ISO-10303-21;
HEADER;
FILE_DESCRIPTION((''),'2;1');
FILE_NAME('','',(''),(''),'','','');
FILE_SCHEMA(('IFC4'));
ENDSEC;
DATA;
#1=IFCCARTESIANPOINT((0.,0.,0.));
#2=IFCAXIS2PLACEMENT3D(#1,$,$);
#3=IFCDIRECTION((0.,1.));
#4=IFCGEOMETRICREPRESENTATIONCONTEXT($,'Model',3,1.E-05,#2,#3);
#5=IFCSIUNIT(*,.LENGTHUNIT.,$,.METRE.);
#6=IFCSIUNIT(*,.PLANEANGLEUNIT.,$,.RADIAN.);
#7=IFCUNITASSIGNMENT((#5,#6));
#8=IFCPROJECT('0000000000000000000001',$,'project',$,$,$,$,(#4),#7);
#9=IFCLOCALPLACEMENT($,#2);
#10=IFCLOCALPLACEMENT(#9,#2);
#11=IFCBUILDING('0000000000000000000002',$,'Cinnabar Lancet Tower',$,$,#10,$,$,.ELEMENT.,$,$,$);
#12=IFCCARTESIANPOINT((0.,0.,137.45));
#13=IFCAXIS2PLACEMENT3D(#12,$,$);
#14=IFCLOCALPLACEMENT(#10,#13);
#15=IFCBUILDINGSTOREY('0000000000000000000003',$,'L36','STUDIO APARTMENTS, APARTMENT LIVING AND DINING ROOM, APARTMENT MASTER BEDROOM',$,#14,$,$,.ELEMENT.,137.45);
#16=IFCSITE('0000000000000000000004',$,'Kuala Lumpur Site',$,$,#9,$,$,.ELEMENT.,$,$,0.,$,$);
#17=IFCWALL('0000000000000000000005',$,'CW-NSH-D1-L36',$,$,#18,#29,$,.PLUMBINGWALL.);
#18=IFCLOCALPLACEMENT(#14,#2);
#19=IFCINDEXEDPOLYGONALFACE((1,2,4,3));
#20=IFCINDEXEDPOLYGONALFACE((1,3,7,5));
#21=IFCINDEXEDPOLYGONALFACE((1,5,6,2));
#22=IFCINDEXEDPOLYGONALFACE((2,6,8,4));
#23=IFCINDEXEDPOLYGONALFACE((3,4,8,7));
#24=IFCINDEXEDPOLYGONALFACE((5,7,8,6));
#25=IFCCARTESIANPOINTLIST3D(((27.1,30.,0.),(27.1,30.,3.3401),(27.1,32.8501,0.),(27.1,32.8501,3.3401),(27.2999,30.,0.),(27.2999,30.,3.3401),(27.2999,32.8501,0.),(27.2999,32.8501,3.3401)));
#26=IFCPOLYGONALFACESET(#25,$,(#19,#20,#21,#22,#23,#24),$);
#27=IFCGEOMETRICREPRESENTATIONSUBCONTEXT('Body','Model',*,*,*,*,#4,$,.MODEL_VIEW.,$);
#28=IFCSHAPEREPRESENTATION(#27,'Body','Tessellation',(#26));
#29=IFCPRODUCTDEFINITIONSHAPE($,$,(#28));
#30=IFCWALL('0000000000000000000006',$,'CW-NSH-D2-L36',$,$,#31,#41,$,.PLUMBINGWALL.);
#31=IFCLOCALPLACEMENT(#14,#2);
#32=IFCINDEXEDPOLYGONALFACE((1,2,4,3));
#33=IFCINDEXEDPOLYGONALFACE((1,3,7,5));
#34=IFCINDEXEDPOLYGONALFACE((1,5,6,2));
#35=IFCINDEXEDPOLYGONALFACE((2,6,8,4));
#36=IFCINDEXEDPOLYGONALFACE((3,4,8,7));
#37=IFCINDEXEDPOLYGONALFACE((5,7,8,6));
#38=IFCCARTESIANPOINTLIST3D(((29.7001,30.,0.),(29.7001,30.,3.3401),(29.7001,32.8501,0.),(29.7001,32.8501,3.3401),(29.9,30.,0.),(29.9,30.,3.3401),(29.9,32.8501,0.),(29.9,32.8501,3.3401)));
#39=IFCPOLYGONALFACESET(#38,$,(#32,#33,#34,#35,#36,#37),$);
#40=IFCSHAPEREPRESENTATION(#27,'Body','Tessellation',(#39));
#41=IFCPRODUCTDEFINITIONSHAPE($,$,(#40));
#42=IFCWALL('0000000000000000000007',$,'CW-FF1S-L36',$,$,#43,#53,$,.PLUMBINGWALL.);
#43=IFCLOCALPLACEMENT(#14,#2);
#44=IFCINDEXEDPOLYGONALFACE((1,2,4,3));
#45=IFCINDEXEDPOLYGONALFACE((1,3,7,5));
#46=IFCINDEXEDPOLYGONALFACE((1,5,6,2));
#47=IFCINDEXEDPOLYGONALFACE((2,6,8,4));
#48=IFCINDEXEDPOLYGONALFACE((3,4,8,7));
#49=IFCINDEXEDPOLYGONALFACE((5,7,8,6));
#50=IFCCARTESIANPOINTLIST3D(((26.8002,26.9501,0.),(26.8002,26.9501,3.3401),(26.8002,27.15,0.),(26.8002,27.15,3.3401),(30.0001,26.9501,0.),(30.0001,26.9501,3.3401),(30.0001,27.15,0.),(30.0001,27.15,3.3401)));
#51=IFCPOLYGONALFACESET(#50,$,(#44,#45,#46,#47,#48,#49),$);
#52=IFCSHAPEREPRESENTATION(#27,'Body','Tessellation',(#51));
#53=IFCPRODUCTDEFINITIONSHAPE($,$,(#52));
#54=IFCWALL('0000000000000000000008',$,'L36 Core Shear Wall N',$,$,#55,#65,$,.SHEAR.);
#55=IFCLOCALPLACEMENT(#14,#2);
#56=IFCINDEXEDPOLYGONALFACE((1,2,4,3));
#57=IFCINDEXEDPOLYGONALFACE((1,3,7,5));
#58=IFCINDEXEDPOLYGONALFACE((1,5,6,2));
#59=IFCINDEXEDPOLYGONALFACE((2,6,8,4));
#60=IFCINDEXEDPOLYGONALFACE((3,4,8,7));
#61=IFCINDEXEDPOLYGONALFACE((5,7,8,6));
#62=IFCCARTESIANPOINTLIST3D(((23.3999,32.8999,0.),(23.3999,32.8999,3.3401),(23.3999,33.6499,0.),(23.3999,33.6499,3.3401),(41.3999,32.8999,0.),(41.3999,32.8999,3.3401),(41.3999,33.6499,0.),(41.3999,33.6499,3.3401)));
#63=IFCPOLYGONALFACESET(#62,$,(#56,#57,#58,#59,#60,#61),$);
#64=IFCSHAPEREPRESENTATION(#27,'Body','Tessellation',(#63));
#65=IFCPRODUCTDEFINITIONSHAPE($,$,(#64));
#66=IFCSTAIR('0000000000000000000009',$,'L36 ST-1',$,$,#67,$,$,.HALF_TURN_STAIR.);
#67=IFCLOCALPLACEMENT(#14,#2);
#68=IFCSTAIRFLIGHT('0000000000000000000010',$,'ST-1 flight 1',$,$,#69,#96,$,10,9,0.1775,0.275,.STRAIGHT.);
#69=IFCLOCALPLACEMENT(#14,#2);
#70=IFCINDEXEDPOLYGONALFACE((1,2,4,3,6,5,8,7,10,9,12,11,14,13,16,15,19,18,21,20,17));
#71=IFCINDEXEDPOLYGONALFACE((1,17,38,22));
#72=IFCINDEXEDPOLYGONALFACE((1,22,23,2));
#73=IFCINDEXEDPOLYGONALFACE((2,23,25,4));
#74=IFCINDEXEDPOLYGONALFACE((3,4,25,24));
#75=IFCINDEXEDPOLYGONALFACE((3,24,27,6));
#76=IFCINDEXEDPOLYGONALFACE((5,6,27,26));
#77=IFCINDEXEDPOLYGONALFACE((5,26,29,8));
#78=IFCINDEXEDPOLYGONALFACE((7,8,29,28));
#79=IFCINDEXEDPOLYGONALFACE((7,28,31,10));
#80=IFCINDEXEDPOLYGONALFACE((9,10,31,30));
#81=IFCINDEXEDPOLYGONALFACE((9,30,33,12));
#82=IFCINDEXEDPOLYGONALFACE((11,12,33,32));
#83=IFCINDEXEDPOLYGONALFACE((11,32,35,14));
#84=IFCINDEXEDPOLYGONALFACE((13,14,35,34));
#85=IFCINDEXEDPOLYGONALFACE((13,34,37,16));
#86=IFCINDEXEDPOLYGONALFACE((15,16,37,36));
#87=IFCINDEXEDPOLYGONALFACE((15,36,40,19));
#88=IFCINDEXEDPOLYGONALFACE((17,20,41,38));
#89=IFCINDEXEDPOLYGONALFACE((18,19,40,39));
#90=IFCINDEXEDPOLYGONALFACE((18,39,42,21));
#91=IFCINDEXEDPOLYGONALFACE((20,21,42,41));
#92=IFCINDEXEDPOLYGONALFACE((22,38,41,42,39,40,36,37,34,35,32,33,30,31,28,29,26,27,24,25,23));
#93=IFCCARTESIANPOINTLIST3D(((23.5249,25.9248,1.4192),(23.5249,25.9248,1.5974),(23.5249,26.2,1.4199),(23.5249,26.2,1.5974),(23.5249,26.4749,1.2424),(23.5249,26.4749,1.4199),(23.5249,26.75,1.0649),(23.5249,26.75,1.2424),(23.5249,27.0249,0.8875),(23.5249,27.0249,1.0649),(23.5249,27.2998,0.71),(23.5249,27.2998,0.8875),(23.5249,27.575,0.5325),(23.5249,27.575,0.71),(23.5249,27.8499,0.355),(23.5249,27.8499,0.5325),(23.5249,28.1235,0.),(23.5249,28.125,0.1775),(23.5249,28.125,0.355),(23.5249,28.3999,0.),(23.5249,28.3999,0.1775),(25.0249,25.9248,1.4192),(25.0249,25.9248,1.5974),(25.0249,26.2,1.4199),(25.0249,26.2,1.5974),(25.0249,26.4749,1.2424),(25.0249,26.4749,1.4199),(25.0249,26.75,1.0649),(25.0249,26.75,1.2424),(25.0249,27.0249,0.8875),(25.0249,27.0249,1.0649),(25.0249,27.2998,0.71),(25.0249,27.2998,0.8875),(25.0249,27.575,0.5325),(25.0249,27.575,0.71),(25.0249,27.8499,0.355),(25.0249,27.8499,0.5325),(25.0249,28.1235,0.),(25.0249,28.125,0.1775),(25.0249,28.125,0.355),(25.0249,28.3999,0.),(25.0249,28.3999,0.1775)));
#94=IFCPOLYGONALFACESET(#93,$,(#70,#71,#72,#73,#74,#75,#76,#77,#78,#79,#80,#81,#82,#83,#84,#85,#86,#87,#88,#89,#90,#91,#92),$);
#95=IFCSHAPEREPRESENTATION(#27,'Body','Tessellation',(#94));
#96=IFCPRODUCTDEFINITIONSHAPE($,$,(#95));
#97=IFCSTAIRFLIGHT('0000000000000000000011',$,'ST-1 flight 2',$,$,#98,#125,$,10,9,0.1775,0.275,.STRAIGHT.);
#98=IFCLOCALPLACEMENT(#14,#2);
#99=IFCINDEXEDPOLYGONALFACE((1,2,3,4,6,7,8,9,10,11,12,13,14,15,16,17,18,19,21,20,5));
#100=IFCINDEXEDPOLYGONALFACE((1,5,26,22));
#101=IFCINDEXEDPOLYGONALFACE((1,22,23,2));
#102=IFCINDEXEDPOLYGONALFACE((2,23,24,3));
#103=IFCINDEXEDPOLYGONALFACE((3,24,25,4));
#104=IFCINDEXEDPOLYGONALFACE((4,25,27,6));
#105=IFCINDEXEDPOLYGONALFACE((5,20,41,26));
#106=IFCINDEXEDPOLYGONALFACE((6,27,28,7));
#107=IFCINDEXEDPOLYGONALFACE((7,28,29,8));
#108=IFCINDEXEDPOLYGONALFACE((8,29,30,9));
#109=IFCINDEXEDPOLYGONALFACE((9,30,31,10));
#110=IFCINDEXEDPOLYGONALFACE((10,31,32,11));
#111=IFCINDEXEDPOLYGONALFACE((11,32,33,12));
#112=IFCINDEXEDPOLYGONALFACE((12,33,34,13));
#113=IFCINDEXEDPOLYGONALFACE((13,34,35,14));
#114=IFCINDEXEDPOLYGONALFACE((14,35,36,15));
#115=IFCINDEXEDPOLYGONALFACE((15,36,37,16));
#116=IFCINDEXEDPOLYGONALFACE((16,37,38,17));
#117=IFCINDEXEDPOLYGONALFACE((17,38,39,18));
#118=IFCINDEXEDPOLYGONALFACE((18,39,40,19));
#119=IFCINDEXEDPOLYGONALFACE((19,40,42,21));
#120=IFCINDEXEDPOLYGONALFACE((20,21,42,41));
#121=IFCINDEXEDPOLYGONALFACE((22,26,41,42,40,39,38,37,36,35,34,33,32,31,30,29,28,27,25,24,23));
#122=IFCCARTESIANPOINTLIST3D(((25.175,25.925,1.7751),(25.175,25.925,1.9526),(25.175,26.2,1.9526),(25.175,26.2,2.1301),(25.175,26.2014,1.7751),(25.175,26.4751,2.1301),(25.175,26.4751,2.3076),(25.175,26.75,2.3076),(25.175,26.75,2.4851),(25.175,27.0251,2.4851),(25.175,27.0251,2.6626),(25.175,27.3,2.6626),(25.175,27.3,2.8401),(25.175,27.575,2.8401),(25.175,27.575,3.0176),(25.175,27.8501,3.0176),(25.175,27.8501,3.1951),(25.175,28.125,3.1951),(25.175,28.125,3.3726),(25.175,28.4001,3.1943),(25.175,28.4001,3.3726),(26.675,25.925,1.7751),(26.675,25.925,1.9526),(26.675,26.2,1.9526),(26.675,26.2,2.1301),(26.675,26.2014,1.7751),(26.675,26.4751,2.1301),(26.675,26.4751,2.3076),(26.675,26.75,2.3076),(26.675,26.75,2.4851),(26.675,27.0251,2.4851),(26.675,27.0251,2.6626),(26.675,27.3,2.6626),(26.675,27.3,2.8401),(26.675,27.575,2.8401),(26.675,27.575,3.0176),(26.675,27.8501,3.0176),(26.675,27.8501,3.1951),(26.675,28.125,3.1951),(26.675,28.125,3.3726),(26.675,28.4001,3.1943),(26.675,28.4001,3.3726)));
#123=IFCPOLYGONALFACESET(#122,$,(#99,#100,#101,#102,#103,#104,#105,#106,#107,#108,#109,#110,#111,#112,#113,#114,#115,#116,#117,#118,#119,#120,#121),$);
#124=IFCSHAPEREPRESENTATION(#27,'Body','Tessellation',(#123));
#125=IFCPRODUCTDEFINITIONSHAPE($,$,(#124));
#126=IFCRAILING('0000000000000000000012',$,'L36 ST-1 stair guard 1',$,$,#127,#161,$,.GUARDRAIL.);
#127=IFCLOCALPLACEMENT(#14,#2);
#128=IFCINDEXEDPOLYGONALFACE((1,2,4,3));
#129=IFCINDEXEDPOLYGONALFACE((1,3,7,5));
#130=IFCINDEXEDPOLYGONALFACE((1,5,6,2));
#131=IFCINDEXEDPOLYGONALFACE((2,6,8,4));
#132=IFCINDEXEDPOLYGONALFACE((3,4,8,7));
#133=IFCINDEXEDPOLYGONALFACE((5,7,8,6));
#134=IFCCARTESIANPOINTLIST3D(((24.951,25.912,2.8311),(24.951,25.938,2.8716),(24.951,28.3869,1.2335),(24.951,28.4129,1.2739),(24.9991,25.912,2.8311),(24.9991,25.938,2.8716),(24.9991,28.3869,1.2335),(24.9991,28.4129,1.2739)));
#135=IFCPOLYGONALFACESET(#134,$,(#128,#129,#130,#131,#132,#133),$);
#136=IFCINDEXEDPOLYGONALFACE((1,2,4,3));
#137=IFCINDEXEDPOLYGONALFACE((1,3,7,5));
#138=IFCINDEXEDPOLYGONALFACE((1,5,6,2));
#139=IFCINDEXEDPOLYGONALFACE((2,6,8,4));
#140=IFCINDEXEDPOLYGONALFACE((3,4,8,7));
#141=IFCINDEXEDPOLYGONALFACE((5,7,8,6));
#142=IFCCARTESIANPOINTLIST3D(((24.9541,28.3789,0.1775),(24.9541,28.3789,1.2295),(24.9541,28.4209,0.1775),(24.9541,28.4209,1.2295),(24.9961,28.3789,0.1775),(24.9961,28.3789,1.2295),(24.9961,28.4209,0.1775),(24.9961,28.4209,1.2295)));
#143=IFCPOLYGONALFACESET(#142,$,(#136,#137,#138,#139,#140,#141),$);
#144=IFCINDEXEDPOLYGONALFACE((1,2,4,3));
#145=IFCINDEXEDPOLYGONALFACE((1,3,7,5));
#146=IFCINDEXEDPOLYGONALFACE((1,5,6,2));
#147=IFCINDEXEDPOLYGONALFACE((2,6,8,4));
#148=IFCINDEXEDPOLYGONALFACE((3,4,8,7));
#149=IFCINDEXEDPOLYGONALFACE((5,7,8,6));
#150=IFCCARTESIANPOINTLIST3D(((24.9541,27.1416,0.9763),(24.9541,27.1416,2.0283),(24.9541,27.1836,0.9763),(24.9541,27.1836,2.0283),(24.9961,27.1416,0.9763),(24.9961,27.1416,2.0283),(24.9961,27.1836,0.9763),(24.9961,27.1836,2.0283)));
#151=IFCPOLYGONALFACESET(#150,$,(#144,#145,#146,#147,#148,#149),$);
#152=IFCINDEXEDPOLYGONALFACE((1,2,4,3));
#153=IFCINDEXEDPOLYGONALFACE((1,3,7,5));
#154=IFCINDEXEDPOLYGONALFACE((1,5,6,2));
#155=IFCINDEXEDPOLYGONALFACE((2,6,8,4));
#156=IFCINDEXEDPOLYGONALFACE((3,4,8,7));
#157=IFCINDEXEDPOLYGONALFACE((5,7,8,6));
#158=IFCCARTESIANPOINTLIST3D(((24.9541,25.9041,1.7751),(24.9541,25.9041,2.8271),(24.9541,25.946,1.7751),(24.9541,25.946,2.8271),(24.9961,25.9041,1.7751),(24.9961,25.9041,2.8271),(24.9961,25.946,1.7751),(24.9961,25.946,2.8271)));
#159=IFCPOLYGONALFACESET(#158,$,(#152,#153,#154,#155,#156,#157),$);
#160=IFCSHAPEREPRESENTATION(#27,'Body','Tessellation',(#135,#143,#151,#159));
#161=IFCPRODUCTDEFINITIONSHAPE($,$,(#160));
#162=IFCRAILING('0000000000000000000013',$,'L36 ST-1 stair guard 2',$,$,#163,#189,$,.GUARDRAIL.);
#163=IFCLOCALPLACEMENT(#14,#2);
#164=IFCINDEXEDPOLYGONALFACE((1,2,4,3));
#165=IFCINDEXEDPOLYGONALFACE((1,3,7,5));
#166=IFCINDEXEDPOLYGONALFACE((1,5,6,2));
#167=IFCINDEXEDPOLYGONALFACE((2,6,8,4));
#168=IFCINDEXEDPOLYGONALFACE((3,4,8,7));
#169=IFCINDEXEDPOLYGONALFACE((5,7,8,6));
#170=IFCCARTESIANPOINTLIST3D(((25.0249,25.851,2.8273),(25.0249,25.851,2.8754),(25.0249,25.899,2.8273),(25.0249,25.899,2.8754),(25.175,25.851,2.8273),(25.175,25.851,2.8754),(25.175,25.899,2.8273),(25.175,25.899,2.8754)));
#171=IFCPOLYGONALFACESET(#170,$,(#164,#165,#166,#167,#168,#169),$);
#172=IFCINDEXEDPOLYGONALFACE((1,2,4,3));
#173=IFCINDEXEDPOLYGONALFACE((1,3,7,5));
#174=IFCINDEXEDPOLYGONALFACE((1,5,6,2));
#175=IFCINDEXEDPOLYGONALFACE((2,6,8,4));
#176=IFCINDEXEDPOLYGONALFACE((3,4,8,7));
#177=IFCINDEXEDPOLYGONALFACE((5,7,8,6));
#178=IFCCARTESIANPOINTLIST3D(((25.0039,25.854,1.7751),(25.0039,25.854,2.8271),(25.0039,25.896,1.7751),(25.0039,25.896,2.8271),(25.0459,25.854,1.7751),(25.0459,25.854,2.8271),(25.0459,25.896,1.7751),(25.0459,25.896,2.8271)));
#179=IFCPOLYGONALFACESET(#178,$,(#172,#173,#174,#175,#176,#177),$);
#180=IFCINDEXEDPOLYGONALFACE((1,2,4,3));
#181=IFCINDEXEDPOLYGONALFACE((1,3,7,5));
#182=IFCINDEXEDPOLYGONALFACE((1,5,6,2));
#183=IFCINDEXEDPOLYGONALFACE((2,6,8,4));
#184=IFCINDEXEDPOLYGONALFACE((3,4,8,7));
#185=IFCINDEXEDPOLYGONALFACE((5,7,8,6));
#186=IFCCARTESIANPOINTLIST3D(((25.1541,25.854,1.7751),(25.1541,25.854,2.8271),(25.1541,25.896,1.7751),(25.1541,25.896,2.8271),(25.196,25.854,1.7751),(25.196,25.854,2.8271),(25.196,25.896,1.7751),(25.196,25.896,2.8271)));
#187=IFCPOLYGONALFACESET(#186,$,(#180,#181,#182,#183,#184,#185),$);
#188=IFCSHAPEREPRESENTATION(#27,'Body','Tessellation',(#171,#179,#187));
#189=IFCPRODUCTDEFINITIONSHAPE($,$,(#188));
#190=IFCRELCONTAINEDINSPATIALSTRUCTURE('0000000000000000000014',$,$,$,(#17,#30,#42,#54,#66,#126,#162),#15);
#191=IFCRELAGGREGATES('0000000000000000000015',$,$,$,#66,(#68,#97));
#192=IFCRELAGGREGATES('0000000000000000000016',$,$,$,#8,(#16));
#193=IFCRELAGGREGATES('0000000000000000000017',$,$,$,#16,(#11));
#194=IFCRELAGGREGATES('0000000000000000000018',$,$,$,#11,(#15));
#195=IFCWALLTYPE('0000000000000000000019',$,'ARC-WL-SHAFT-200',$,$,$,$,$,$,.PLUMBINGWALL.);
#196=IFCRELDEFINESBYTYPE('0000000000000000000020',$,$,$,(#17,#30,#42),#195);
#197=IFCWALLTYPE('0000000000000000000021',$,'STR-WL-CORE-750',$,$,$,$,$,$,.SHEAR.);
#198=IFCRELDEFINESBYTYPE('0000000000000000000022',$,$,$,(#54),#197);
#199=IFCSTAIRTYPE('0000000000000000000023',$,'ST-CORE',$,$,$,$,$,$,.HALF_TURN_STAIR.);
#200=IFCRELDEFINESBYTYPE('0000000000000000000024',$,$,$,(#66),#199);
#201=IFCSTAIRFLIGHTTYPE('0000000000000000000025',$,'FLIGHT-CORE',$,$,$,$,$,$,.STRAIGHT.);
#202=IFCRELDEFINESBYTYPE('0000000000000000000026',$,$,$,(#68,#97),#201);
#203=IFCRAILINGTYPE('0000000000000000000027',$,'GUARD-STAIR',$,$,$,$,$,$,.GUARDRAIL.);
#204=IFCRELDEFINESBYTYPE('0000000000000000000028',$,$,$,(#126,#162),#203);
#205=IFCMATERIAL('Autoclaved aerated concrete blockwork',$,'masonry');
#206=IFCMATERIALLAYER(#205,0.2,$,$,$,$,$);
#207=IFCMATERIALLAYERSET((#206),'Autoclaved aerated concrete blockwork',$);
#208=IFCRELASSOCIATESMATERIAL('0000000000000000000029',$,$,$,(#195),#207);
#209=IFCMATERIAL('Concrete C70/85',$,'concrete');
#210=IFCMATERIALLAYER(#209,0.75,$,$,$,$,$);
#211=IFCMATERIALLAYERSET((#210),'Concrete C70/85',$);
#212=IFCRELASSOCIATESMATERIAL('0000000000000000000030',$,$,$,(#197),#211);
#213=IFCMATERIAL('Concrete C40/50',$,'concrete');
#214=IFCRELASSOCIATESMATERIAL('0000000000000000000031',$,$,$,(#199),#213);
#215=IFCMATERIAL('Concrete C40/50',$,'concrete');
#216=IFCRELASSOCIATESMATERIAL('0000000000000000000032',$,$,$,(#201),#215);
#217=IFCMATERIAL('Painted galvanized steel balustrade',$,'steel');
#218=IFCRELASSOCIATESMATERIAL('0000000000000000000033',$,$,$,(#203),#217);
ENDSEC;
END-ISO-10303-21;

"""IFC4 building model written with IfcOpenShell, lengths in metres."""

from ifc_helpers import new_model, si_unit, direction, frame, frame_2d, origin, origin_2d, place, context, subcontext, project, spatial, polyline, rectangle, outline, extrude, material, layer, layer_set, type_object, element, aggregate, save


model = new_model("IFC4")

# Units and contexts
model_context = context("Model", 3, precision=1e-05, world=origin(), true_north=direction((0.0, 1.0)))
body_context = subcontext(model_context, "Body", "Model", "MODEL_VIEW")
ifc_project = project(units=[si_unit("LENGTHUNIT", "METRE"), si_unit("PLANEANGLEUNIT", "RADIAN")], contexts=[model_context])

# Site, building, storey
site_placement = place(None, origin())
site = spatial("IfcSite", under=ifc_project, at=site_placement, Name="Kuala Lumpur Site", CompositionType="ELEMENT", RefElevation=0.0)
building_placement = place(site_placement, origin())
building = spatial("IfcBuilding", under=site, at=building_placement, Name="Cinnabar Lancet Tower", CompositionType="ELEMENT")
storey_placement = place(building_placement, frame((0.0, 0.0, 137.45)))
storey = spatial("IfcBuildingStorey", under=building, at=storey_placement, Name="L36", Description="STUDIO APARTMENTS, APARTMENT LIVING AND DINING ROOM, APARTMENT MASTER BEDROOM", CompositionType="ELEMENT", Elevation=137.45)

# Shared definitions
ifc_material_1 = material(Name="Autoclaved aerated concrete blockwork", Category="masonry")
ifc_layer_1 = layer(ifc_material_1, 0.2)
ifc_layer_set_1 = layer_set([ifc_layer_1], Name="Autoclaved aerated concrete blockwork")
wall_type_1 = type_object("IfcWallType", Name="ARC-WL-SHAFT-200", PredefinedType="PLUMBINGWALL", material=ifc_layer_set_1)

# Walls
for number, where, z_axis, x_axis, name in (
    (1, (27.2, 30.0, 0.0), (0.0, 0.0, 1.0), (0.0, 1.0, 0.0), "CW-NSH-D1-L36"),
    (2, (29.8, 30.0, 0.0), (0.0, 0.0, 1.0), (0.0, 1.0, 0.0), "CW-NSH-D2-L36"),
):
    element("IfcWall", number, at=place(storey_placement, frame(where, z_axis=z_axis, x_axis=x_axis)), inside=storey, type_object=wall_type_1, Name=name, PredefinedType="PLUMBINGWALL", context=body_context, shape_type="SweptSolid", body=[
        extrude(rectangle(XDim=2.8501, YDim=0.2, at=frame_2d((1.425, 0.0))), origin(), (0.0, 0.0, 1.0), 3.3401),
    ])
wall_1_placement = place(storey_placement, frame((26.8, 27.05, 0.0), z_axis=(0.0, 0.0, 1.0), x_axis=(1.0, 0.0, 0.0)))
element("IfcWall", 3, at=wall_1_placement, inside=storey, type_object=wall_type_1, Name="CW-FF1S-L36", PredefinedType="PLUMBINGWALL", context=body_context, shape_type="SweptSolid", body=[
    extrude(rectangle(XDim=3.2, YDim=0.2, at=frame_2d((1.6001, 0.0))), origin(), (0.0, 0.0, 1.0), 3.3401),
])
ifc_material_2 = material(Name="Concrete C70/85", Category="concrete")
ifc_layer_2 = layer(ifc_material_2, 0.75)
ifc_layer_set_2 = layer_set([ifc_layer_2], Name="Concrete C70/85")
wall_type_2 = type_object("IfcWallType", Name="STR-WL-CORE-750", PredefinedType="SHEAR", material=ifc_layer_set_2)
wall_2_placement = place(storey_placement, frame((23.3999, 33.2749, 0.0), z_axis=(0.0, 0.0, 1.0), x_axis=(1.0, 0.0, 0.0)))
element("IfcWall", 4, at=wall_2_placement, inside=storey, type_object=wall_type_2, Name="L36 Core Shear Wall N", PredefinedType="SHEAR", context=body_context, shape_type="SweptSolid", body=[
    extrude(rectangle(XDim=18.0, YDim=0.75, at=frame_2d((9.0, 0.0))), origin(), (0.0, 0.0, 1.0), 3.3401),
])

# Stair, stair flights
ifc_material_3 = material(Name="Concrete C40/50", Category="concrete")
stair_type = type_object("IfcStairType", Name="ST-CORE", PredefinedType="HALF_TURN_STAIR", material=ifc_material_3)
stair_placement = place(storey_placement, origin())
stair = element("IfcStair", 5, at=stair_placement, inside=storey, type_object=stair_type, Name="L36 ST-1", PredefinedType="HALF_TURN_STAIR")
ifc_material_4 = material(Name="Concrete C40/50", Category="concrete")
stair_flight_type = type_object("IfcStairFlightType", Name="FLIGHT-CORE", PredefinedType="STRAIGHT", material=ifc_material_4)
stair_flight_1_placement = place(storey_placement, frame((24.2749, 28.3999, 0.0), z_axis=(0.0, 0.0, 1.0), x_axis=(0.0, -1.0, 0.0)))
stair_flight_1 = element("IfcStairFlight", 6, at=stair_flight_1_placement, type_object=stair_flight_type, Name="ST-1 flight 1", NumberOfRisers=10, NumberOfTreads=9, PredefinedType="STRAIGHT", RiserHeight=0.1775, TreadLength=0.275, context=body_context, shape_type="SweptSolid", body=[
    extrude(outline(polyline([(0.0, 0.0), (0.0, 0.1775), (0.2749, 0.1775), (0.2749, 0.355), (0.55, 0.355), (0.55, 0.5325), (0.825, 0.5325), (0.825, 0.71), (1.1001, 0.71), (1.1001, 0.8875), (1.375, 0.8875), (1.375, 1.0649), (1.6499, 1.0649), (1.6499, 1.2424), (1.925, 1.2424), (1.925, 1.4199), (2.2, 1.4199), (2.2, 1.5974), (2.4751, 1.5974), (2.4751, 1.7749), (2.4751, 1.4192), (0.2764, 0.0), (0.0, 0.0)])), frame((0.0, 0.75, 0.0), z_axis=(0.0, -1.0, 0.0), x_axis=(1.0, 0.0, 0.0)), (0.0, 0.0, 1.0), 1.5),
])
stair_flight_2_placement = place(storey_placement, frame((25.925, 25.925, 1.7751), z_axis=(0.0, 0.0, 1.0), x_axis=(0.0, 1.0, 0.0)))
stair_flight_2 = element("IfcStairFlight", 7, at=stair_flight_2_placement, type_object=stair_flight_type, Name="ST-1 flight 2", NumberOfRisers=10, NumberOfTreads=9, PredefinedType="STRAIGHT", RiserHeight=0.1775, TreadLength=0.275, context=body_context, shape_type="SweptSolid", body=[
    extrude(outline(polyline([(0.0, 0.0), (0.0, 0.1775), (0.2749, 0.1775), (0.2749, 0.355), (0.55, 0.355), (0.55, 0.5325), (0.825, 0.5325), (0.825, 0.71), (1.1001, 0.71), (1.1001, 0.8875), (1.375, 0.8875), (1.375, 1.0649), (1.6499, 1.0649), (1.6499, 1.2424), (1.925, 1.2424), (1.925, 1.4199), (2.2, 1.4199), (2.2, 1.5974), (2.4751, 1.5974), (2.4751, 1.7749), (2.4751, 1.4192), (0.2764, 0.0), (0.0, 0.0)])), frame((0.0, 0.75, 0.0), z_axis=(0.0, -1.0, 0.0), x_axis=(1.0, 0.0, 0.0)), (0.0, 0.0, 1.0), 1.5),
])
aggregate(stair, [stair_flight_1, stair_flight_2])

# Railings
ifc_material_5 = material(Name="Painted galvanized steel balustrade", Category="steel")
railing_type_1 = type_object("IfcRailingType", Name="GUARD-STAIR", PredefinedType="GUARDRAIL", material=ifc_material_5)
railing_1_placement = place(storey_placement, frame((24.9751, 28.3999, 0.1775)))
element("IfcRailing", 8, at=railing_1_placement, inside=storey, type_object=railing_type_1, Name="L36 ST-1 stair guard 1", PredefinedType="GUARDRAIL", context=body_context, shape_type="SweptSolid", body=[
    extrude(rectangle(XDim=0.0481, YDim=0.0481, at=origin_2d()), frame((0.0, 0.0, 1.0762), z_axis=(0.0, -0.840146, 0.542361), x_axis=(1.0, 0.0, 0.0)), (0.0, 0.0, 1.0), 2.9458),
    extrude(rectangle(XDim=0.042, YDim=0.042, at=origin_2d()), origin(), (0.0, 0.0, 1.0), 1.052),
    extrude(rectangle(XDim=0.042, YDim=0.042, at=origin_2d()), frame((0.0, -1.2373, 0.7988)), (0.0, 0.0, 1.0), 1.052),
    extrude(rectangle(XDim=0.042, YDim=0.042, at=origin_2d()), frame((0.0, -2.4749, 1.5977)), (0.0, 0.0, 1.0), 1.052),
])
railing_2_placement = place(storey_placement, frame((25.0249, 25.875, 1.7751)))
element("IfcRailing", 9, at=railing_2_placement, inside=storey, type_object=railing_type_1, Name="L36 ST-1 stair guard 2", PredefinedType="GUARDRAIL", context=body_context, shape_type="SweptSolid", body=[
    extrude(rectangle(XDim=0.0481, YDim=0.0481, at=origin_2d()), frame((0.0, 0.0, 1.0762), z_axis=(1.0, 0.0, 0.0), x_axis=(0.0, 1.0, 0.0)), (0.0, 0.0, 1.0), 0.1501),
    extrude(rectangle(XDim=0.042, YDim=0.042, at=origin_2d()), origin(), (0.0, 0.0, 1.0), 1.052),
    extrude(rectangle(XDim=0.042, YDim=0.042, at=origin_2d()), frame((0.1501, 0.0, 0.0)), (0.0, 0.0, 1.0), 1.052),
])

save(model, "model.ifc")
